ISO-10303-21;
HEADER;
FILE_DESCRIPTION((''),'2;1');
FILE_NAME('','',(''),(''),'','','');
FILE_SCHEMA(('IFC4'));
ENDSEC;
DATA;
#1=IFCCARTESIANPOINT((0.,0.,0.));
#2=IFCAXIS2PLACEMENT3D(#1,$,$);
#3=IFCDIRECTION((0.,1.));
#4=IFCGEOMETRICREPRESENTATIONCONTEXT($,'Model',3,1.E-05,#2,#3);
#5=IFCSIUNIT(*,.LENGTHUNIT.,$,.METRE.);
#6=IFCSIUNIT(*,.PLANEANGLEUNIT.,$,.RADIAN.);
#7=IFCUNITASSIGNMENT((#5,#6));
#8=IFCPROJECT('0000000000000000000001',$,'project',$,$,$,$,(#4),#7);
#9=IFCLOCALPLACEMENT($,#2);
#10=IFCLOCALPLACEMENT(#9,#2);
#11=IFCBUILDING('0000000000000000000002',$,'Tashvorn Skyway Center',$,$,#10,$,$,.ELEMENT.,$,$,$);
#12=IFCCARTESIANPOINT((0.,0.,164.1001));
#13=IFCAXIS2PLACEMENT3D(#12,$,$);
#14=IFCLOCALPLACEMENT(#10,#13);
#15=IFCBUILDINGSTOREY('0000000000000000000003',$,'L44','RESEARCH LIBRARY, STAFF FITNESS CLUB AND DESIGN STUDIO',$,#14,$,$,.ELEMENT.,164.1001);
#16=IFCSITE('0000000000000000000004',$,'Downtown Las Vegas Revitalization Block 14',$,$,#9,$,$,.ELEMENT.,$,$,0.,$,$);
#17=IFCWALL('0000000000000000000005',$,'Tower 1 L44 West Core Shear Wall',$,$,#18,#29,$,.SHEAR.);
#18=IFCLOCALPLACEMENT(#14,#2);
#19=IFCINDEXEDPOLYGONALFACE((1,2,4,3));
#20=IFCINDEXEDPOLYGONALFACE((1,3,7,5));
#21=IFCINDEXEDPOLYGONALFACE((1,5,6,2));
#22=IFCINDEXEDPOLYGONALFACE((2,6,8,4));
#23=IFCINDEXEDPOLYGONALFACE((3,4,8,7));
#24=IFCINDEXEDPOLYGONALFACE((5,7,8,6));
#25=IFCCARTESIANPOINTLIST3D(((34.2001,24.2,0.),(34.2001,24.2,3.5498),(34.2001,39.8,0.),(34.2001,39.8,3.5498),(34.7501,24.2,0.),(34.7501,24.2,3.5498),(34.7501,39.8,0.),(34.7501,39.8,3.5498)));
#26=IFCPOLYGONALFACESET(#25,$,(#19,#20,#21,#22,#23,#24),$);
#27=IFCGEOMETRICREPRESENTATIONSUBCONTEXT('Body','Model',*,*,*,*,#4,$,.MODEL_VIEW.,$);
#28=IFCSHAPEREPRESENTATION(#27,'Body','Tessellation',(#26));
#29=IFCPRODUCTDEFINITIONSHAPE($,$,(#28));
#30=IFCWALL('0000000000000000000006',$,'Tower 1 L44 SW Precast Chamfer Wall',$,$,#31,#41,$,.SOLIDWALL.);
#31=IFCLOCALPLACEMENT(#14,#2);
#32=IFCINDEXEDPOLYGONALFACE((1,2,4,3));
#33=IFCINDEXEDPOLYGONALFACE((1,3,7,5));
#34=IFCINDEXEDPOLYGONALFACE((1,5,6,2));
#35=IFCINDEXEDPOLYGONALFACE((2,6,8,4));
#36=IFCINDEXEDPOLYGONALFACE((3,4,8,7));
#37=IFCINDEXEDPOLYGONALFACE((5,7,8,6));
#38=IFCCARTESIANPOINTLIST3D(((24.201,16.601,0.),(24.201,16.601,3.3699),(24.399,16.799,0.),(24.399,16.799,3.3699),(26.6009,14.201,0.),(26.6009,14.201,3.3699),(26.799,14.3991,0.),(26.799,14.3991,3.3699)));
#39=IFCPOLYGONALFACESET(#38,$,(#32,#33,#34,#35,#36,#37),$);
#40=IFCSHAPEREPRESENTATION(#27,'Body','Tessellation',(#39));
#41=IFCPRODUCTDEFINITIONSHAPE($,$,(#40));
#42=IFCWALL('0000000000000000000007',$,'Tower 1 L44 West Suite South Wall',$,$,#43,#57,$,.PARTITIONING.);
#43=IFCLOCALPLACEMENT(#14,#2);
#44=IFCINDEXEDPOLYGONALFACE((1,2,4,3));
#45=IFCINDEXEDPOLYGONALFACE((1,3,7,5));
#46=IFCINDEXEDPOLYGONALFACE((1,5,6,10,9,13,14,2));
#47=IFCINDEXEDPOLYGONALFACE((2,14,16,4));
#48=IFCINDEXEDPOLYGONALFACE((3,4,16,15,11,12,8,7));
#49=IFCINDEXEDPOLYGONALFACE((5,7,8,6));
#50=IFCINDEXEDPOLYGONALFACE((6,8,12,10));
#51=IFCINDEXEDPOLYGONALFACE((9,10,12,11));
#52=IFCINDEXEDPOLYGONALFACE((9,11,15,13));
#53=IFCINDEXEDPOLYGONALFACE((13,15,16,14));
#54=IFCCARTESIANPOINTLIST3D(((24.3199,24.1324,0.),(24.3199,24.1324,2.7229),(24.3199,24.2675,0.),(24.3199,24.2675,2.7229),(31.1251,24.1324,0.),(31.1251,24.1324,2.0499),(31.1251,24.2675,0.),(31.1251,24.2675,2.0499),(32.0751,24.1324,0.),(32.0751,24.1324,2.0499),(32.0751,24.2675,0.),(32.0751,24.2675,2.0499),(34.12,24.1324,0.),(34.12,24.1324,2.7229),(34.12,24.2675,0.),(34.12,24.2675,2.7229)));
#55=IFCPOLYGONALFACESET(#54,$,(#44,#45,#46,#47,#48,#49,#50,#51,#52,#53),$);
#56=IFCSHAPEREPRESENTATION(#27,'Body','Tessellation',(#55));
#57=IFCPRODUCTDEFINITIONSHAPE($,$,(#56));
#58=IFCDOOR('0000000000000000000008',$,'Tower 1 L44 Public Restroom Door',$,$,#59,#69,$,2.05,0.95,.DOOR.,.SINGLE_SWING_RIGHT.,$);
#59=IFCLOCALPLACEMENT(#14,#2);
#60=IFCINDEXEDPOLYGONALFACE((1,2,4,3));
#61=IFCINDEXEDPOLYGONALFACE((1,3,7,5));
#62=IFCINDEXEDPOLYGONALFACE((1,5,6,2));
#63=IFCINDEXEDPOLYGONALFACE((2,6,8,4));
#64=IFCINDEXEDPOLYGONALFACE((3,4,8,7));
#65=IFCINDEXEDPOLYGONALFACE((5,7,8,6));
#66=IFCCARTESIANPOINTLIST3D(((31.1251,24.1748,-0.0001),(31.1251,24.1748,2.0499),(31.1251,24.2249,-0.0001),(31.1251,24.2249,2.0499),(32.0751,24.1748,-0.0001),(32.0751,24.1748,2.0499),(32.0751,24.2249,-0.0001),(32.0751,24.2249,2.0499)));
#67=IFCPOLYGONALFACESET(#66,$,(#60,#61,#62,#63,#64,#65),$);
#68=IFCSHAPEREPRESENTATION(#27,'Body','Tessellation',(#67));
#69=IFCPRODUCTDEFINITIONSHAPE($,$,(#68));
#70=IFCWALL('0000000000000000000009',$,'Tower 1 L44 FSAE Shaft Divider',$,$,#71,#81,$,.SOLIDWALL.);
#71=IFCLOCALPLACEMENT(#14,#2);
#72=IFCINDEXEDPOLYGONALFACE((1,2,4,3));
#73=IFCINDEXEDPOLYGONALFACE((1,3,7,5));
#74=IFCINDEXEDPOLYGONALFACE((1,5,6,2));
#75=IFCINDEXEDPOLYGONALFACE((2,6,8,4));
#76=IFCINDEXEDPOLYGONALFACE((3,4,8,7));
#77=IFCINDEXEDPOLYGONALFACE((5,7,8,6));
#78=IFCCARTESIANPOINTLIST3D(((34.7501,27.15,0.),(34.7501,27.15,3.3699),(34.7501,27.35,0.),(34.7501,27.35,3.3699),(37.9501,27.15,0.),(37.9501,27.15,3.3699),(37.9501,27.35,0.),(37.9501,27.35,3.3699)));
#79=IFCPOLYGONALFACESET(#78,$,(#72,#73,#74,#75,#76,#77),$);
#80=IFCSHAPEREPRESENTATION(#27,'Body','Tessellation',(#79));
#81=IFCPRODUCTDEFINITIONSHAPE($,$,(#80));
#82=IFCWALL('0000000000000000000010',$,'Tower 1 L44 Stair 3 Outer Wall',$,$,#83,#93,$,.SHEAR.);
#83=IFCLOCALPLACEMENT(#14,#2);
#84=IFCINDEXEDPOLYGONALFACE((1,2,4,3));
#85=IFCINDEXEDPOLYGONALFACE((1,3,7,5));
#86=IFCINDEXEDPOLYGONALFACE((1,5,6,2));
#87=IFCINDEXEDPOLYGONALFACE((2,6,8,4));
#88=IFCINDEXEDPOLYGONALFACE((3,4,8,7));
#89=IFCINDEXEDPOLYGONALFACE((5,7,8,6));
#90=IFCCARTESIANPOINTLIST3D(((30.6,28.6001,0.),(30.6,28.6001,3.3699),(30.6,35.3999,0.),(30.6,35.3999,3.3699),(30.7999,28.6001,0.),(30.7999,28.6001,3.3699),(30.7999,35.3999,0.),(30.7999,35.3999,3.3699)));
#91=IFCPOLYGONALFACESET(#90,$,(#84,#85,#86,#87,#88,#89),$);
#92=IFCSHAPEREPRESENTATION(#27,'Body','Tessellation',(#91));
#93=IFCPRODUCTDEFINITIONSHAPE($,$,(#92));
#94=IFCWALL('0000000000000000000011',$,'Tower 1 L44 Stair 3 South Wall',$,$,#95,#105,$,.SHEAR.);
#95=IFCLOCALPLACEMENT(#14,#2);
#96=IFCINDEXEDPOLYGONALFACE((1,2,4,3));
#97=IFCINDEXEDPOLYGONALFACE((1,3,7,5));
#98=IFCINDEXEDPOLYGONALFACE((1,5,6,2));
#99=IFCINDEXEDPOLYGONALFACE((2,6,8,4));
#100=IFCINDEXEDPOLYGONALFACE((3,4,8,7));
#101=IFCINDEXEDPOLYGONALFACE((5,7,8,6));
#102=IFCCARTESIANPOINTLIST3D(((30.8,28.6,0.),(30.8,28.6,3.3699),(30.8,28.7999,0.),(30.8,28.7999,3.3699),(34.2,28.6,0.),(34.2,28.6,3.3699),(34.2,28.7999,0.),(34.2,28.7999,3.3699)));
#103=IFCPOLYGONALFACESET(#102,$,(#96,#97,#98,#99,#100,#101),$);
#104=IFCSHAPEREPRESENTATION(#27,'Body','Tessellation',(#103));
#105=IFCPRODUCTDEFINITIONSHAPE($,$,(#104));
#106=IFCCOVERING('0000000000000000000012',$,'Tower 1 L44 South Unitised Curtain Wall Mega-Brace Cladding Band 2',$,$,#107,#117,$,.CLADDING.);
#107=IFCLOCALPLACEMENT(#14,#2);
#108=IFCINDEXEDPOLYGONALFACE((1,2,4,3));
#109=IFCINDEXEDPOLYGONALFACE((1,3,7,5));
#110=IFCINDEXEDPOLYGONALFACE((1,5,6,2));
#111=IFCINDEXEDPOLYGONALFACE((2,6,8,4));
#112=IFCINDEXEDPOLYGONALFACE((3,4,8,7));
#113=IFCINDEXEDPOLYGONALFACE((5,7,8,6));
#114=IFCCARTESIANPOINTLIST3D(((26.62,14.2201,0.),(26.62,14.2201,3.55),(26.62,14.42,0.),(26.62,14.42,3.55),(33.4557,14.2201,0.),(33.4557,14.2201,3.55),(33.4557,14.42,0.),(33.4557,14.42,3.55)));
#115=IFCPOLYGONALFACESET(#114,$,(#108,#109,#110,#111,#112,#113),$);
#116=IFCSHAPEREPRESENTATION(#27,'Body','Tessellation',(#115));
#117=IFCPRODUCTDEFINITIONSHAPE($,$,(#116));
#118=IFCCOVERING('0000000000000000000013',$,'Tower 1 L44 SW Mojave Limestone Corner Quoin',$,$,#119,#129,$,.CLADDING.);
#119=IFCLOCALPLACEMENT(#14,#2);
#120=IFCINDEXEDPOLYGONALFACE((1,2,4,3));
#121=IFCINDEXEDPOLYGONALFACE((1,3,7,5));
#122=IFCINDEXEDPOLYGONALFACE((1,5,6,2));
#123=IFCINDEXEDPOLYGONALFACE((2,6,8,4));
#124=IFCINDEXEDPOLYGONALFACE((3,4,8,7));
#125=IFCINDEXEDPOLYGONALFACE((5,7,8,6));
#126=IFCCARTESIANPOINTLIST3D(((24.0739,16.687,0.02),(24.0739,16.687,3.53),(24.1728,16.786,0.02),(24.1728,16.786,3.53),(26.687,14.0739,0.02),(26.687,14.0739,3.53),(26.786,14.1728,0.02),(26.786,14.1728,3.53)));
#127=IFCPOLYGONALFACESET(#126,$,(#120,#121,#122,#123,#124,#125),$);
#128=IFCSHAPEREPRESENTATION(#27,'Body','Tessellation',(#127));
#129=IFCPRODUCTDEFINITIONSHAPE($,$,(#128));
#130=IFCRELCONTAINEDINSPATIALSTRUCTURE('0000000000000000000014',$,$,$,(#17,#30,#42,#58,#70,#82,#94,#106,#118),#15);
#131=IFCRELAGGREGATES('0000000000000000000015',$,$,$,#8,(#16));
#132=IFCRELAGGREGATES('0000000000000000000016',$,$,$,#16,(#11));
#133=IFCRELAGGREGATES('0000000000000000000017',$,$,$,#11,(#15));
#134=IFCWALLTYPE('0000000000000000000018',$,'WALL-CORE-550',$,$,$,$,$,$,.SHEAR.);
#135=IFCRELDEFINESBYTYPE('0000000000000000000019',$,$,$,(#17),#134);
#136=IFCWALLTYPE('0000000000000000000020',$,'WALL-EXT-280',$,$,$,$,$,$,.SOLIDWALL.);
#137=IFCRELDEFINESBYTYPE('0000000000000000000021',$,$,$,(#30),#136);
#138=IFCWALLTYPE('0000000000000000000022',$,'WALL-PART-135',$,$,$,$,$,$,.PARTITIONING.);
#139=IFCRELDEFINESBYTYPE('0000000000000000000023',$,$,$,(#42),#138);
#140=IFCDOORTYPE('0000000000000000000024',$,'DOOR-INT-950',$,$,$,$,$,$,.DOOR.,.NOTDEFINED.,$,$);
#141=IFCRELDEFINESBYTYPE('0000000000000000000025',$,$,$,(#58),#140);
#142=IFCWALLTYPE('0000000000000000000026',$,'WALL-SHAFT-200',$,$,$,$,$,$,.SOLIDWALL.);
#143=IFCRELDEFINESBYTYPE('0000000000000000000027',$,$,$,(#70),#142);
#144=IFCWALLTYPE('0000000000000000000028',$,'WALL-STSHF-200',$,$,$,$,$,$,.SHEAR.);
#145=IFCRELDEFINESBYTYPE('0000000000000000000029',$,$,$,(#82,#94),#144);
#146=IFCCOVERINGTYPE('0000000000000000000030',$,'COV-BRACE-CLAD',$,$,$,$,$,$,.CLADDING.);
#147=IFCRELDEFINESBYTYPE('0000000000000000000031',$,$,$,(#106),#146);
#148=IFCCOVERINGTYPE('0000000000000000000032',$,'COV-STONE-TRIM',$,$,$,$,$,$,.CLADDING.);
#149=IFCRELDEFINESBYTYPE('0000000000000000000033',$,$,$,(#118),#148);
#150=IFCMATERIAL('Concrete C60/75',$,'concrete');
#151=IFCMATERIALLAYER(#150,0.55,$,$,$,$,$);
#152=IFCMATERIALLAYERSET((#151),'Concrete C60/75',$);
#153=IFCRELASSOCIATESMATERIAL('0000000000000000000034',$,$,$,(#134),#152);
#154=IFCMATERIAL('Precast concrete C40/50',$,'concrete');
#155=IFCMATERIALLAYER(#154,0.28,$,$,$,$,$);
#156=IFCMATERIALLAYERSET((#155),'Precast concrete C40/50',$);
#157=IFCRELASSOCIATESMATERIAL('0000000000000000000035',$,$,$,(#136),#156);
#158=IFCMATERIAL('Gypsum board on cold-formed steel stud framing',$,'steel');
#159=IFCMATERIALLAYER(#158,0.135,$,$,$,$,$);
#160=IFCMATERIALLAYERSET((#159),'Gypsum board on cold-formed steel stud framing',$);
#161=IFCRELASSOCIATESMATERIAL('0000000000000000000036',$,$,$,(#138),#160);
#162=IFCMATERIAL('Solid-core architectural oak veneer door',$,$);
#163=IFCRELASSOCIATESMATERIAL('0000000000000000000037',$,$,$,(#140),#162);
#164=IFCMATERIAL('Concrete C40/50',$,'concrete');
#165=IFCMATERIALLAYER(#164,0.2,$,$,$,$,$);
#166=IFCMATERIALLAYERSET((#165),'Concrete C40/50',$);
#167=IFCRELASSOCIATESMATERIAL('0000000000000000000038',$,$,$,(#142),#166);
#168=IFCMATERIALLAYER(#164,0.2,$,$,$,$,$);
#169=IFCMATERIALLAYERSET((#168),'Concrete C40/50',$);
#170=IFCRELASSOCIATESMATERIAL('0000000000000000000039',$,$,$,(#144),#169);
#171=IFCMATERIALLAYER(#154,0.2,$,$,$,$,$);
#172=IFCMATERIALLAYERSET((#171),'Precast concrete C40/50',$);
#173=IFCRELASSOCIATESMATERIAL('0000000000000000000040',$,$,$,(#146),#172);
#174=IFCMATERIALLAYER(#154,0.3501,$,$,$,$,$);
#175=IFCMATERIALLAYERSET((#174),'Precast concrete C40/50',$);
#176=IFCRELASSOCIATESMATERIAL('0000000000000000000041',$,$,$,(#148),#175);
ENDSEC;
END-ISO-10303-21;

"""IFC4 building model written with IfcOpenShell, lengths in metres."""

from ifc_helpers import new_model, si_unit, direction, frame, frame_2d, origin, origin_2d, place, context, subcontext, project, spatial, rectangle, extrude, material, layer, layer_set, type_object, element, fill, save


model = new_model("IFC4")

# Units and contexts
model_context = context("Model", 3, precision=1e-05, world=origin(), true_north=direction((0.0, 1.0)))
body_context = subcontext(model_context, "Body", "Model", "MODEL_VIEW")
ifc_project = project(units=[si_unit("LENGTHUNIT", "METRE"), si_unit("PLANEANGLEUNIT", "RADIAN")], contexts=[model_context])

# Site, building, storey
site_placement = place(None, origin())
site = spatial("IfcSite", under=ifc_project, at=site_placement, Name="Downtown Las Vegas Revitalization Block 14", CompositionType="ELEMENT", RefElevation=0.0)
building_placement = place(site_placement, origin())
building = spatial("IfcBuilding", under=site, at=building_placement, Name="Tashvorn Skyway Center", CompositionType="ELEMENT")
storey_placement = place(building_placement, frame((0.0, 0.0, 164.1001)))
storey = spatial("IfcBuildingStorey", under=building, at=storey_placement, Name="L44", Description="RESEARCH LIBRARY, STAFF FITNESS CLUB AND DESIGN STUDIO", CompositionType="ELEMENT", Elevation=164.1001)

# Walls
ifc_material_1 = material(Name="Concrete C60/75", Category="concrete")
ifc_layer_1 = layer(ifc_material_1, 0.55)
ifc_layer_set_1 = layer_set([ifc_layer_1], Name="Concrete C60/75")
wall_type_1 = type_object("IfcWallType", Name="WALL-CORE-550", PredefinedType="SHEAR", material=ifc_layer_set_1)
wall_1_placement = place(storey_placement, frame((34.4751, 24.2, 0.0), z_axis=(0.0, 0.0, 1.0), x_axis=(0.0, 1.0, 0.0)))
element("IfcWall", 1, at=wall_1_placement, inside=storey, type_object=wall_type_1, Name="Tower 1 L44 West Core Shear Wall", PredefinedType="SHEAR", context=body_context, shape_type="SweptSolid", body=[
    extrude(rectangle(XDim=15.6001, YDim=0.55, at=frame_2d((7.8, 0.0))), origin(), (0.0, 0.0, 1.0), 3.5498),
])
ifc_material_2 = material(Name="Precast concrete C40/50", Category="concrete")
ifc_layer_2 = layer(ifc_material_2, 0.28)
ifc_layer_set_2 = layer_set([ifc_layer_2], Name="Precast concrete C40/50")
wall_type_2 = type_object("IfcWallType", Name="WALL-EXT-280", PredefinedType="SOLIDWALL", material=ifc_layer_set_2)
wall_2_placement = place(storey_placement, frame((26.7, 14.3, 0.0), z_axis=(0.0, 0.0, 1.0), x_axis=(-0.707107, 0.707107, 0.0)))
element("IfcWall", 2, at=wall_2_placement, inside=storey, type_object=wall_type_2, Name="Tower 1 L44 SW Precast Chamfer Wall", PredefinedType="SOLIDWALL", context=body_context, shape_type="SweptSolid", body=[
    extrude(rectangle(XDim=3.394, YDim=0.28, at=frame_2d((1.697, 0.0))), origin(), (0.0, 0.0, 1.0), 3.3699),
])

# Wall, opening, door
ifc_material_3 = material(Name="Gypsum board on cold-formed steel stud framing", Category="steel")
ifc_layer_3 = layer(ifc_material_3, 0.135)
ifc_layer_set_3 = layer_set([ifc_layer_3], Name="Gypsum board on cold-formed steel stud framing")
wall_type_3 = type_object("IfcWallType", Name="WALL-PART-135", PredefinedType="PARTITIONING", material=ifc_layer_set_3)
wall_3_placement = place(storey_placement, frame((24.3201, 24.2, 0.0), z_axis=(0.0, 0.0, 1.0), x_axis=(1.0, 0.0, 0.0)))
wall_3 = element("IfcWall", 3, at=wall_3_placement, inside=storey, type_object=wall_type_3, Name="Tower 1 L44 West Suite South Wall", PredefinedType="PARTITIONING", context=body_context, shape_type="SweptSolid", body=[
    extrude(rectangle(XDim=9.8, YDim=0.135, at=frame_2d((4.8999, 0.0))), origin(), (0.0, 0.0, 1.0), 2.7229),
])
opening_placement = place(wall_3_placement, frame((6.8049, 0.0, 0.0)))
opening = element("IfcOpeningElement", 4, at=opening_placement, cuts=wall_3, PredefinedType="OPENING", context=body_context, shape_type="SweptSolid", body=[
    extrude(rectangle(XDim=0.95, YDim=2.05, at=frame_2d((0.4751, 1.0249))), frame((0.0, 0.0774, 0.0), z_axis=(0.0, -1.0, 0.0), x_axis=(1.0, 0.0, 0.0)), (0.0, 0.0, 1.0), 0.155),
])
ifc_material_4 = material(Name="Solid-core architectural oak veneer door")
door_type = type_object("IfcDoorType", Name="DOOR-INT-950", OperationType="NOTDEFINED", PredefinedType="DOOR", material=ifc_material_4)
door_placement = place(opening_placement, origin())
door = element("IfcDoor", 5, at=door_placement, inside=storey, type_object=door_type, Name="Tower 1 L44 Public Restroom Door", OperationType="SINGLE_SWING_RIGHT", OverallHeight=2.05, OverallWidth=0.95, PredefinedType="DOOR", context=body_context, shape_type="SweptSolid", body=[
    extrude(rectangle(XDim=0.95, YDim=2.05, at=frame_2d((0.4751, 1.0249))), frame((0.0, 0.0249, 0.0), z_axis=(0.0, -1.0, 0.0), x_axis=(1.0, 0.0, 0.0)), (0.0, 0.0, 1.0), 0.05),
])
fill(opening, door)

# Walls
ifc_material_5 = material(Name="Concrete C40/50", Category="concrete")
ifc_layer_4 = layer(ifc_material_5, 0.2)
ifc_layer_set_4 = layer_set([ifc_layer_4], Name="Concrete C40/50")
wall_type_4 = type_object("IfcWallType", Name="WALL-SHAFT-200", PredefinedType="SOLIDWALL", material=ifc_layer_set_4)
wall_4_placement = place(storey_placement, frame((34.75, 27.25, 0.0), z_axis=(0.0, 0.0, 1.0), x_axis=(1.0, 0.0, 0.0)))
element("IfcWall", 6, at=wall_4_placement, inside=storey, type_object=wall_type_4, Name="Tower 1 L44 FSAE Shaft Divider", PredefinedType="SOLIDWALL", context=body_context, shape_type="SweptSolid", body=[
    extrude(rectangle(XDim=3.2, YDim=0.2, at=frame_2d((1.6001, 0.0))), origin(), (0.0, 0.0, 1.0), 3.3699),
])
ifc_layer_5 = layer(ifc_material_5, 0.2)
ifc_layer_set_5 = layer_set([ifc_layer_5], Name="Concrete C40/50")
wall_type_5 = type_object("IfcWallType", Name="WALL-STSHF-200", PredefinedType="SHEAR", material=ifc_layer_set_5)
wall_5_placement = place(storey_placement, frame((30.7, 28.6001, 0.0), z_axis=(0.0, 0.0, 1.0), x_axis=(0.0, 1.0, 0.0)))
element("IfcWall", 7, at=wall_5_placement, inside=storey, type_object=wall_type_5, Name="Tower 1 L44 Stair 3 Outer Wall", PredefinedType="SHEAR", context=body_context, shape_type="SweptSolid", body=[
    extrude(rectangle(XDim=6.7998, YDim=0.2, at=frame_2d((3.3999, 0.0))), origin(), (0.0, 0.0, 1.0), 3.3699),
])
wall_6_placement = place(storey_placement, frame((30.8, 28.7, 0.0), z_axis=(0.0, 0.0, 1.0), x_axis=(1.0, 0.0, 0.0)))
element("IfcWall", 8, at=wall_6_placement, inside=storey, type_object=wall_type_5, Name="Tower 1 L44 Stair 3 South Wall", PredefinedType="SHEAR", context=body_context, shape_type="SweptSolid", body=[
    extrude(rectangle(XDim=3.3999, YDim=0.2, at=frame_2d((1.7, 0.0))), origin(), (0.0, 0.0, 1.0), 3.3699),
])

# Coverings
ifc_layer_6 = layer(ifc_material_2, 0.2)
ifc_layer_set_6 = layer_set([ifc_layer_6], Name="Precast concrete C40/50")
covering_type_1 = type_object("IfcCoveringType", Name="COV-BRACE-CLAD", PredefinedType="CLADDING", material=ifc_layer_set_6)
covering_1_placement = place(storey_placement, frame((30.0378, 14.3201, 0.0), z_axis=(0.0, 0.0, 1.0), x_axis=(-1.0, 0.0, 0.0)))
element("IfcCovering", 9, at=covering_1_placement, inside=storey, type_object=covering_type_1, Name="Tower 1 L44 South Unitised Curtain Wall Mega-Brace Cladding Band 2", PredefinedType="CLADDING", context=body_context, shape_type="SweptSolid", body=[
    extrude(rectangle(XDim=6.8357, YDim=0.2, at=origin_2d()), origin(), (0.0, 0.0, 1.0), 3.55),
])
ifc_layer_7 = layer(ifc_material_2, 0.3501)
ifc_layer_set_7 = layer_set([ifc_layer_7], Name="Precast concrete C40/50")
covering_type_2 = type_object("IfcCoveringType", Name="COV-STONE-TRIM", PredefinedType="CLADDING", material=ifc_layer_set_7)
covering_2_placement = place(storey_placement, frame((25.4299, 15.4299, 0.02), z_axis=(0.0, 0.0, 1.0), x_axis=(-0.707107, 0.707107, 0.0)))
element("IfcCovering", 10, at=covering_2_placement, inside=storey, type_object=covering_type_2, Name="Tower 1 L44 SW Mojave Limestone Corner Quoin", PredefinedType="CLADDING", context=body_context, shape_type="SweptSolid", body=[
    extrude(rectangle(XDim=3.6956, YDim=0.1399, at=origin_2d()), origin(), (0.0, 0.0, 1.0), 3.51),
])

save(model, "model.ifc")
